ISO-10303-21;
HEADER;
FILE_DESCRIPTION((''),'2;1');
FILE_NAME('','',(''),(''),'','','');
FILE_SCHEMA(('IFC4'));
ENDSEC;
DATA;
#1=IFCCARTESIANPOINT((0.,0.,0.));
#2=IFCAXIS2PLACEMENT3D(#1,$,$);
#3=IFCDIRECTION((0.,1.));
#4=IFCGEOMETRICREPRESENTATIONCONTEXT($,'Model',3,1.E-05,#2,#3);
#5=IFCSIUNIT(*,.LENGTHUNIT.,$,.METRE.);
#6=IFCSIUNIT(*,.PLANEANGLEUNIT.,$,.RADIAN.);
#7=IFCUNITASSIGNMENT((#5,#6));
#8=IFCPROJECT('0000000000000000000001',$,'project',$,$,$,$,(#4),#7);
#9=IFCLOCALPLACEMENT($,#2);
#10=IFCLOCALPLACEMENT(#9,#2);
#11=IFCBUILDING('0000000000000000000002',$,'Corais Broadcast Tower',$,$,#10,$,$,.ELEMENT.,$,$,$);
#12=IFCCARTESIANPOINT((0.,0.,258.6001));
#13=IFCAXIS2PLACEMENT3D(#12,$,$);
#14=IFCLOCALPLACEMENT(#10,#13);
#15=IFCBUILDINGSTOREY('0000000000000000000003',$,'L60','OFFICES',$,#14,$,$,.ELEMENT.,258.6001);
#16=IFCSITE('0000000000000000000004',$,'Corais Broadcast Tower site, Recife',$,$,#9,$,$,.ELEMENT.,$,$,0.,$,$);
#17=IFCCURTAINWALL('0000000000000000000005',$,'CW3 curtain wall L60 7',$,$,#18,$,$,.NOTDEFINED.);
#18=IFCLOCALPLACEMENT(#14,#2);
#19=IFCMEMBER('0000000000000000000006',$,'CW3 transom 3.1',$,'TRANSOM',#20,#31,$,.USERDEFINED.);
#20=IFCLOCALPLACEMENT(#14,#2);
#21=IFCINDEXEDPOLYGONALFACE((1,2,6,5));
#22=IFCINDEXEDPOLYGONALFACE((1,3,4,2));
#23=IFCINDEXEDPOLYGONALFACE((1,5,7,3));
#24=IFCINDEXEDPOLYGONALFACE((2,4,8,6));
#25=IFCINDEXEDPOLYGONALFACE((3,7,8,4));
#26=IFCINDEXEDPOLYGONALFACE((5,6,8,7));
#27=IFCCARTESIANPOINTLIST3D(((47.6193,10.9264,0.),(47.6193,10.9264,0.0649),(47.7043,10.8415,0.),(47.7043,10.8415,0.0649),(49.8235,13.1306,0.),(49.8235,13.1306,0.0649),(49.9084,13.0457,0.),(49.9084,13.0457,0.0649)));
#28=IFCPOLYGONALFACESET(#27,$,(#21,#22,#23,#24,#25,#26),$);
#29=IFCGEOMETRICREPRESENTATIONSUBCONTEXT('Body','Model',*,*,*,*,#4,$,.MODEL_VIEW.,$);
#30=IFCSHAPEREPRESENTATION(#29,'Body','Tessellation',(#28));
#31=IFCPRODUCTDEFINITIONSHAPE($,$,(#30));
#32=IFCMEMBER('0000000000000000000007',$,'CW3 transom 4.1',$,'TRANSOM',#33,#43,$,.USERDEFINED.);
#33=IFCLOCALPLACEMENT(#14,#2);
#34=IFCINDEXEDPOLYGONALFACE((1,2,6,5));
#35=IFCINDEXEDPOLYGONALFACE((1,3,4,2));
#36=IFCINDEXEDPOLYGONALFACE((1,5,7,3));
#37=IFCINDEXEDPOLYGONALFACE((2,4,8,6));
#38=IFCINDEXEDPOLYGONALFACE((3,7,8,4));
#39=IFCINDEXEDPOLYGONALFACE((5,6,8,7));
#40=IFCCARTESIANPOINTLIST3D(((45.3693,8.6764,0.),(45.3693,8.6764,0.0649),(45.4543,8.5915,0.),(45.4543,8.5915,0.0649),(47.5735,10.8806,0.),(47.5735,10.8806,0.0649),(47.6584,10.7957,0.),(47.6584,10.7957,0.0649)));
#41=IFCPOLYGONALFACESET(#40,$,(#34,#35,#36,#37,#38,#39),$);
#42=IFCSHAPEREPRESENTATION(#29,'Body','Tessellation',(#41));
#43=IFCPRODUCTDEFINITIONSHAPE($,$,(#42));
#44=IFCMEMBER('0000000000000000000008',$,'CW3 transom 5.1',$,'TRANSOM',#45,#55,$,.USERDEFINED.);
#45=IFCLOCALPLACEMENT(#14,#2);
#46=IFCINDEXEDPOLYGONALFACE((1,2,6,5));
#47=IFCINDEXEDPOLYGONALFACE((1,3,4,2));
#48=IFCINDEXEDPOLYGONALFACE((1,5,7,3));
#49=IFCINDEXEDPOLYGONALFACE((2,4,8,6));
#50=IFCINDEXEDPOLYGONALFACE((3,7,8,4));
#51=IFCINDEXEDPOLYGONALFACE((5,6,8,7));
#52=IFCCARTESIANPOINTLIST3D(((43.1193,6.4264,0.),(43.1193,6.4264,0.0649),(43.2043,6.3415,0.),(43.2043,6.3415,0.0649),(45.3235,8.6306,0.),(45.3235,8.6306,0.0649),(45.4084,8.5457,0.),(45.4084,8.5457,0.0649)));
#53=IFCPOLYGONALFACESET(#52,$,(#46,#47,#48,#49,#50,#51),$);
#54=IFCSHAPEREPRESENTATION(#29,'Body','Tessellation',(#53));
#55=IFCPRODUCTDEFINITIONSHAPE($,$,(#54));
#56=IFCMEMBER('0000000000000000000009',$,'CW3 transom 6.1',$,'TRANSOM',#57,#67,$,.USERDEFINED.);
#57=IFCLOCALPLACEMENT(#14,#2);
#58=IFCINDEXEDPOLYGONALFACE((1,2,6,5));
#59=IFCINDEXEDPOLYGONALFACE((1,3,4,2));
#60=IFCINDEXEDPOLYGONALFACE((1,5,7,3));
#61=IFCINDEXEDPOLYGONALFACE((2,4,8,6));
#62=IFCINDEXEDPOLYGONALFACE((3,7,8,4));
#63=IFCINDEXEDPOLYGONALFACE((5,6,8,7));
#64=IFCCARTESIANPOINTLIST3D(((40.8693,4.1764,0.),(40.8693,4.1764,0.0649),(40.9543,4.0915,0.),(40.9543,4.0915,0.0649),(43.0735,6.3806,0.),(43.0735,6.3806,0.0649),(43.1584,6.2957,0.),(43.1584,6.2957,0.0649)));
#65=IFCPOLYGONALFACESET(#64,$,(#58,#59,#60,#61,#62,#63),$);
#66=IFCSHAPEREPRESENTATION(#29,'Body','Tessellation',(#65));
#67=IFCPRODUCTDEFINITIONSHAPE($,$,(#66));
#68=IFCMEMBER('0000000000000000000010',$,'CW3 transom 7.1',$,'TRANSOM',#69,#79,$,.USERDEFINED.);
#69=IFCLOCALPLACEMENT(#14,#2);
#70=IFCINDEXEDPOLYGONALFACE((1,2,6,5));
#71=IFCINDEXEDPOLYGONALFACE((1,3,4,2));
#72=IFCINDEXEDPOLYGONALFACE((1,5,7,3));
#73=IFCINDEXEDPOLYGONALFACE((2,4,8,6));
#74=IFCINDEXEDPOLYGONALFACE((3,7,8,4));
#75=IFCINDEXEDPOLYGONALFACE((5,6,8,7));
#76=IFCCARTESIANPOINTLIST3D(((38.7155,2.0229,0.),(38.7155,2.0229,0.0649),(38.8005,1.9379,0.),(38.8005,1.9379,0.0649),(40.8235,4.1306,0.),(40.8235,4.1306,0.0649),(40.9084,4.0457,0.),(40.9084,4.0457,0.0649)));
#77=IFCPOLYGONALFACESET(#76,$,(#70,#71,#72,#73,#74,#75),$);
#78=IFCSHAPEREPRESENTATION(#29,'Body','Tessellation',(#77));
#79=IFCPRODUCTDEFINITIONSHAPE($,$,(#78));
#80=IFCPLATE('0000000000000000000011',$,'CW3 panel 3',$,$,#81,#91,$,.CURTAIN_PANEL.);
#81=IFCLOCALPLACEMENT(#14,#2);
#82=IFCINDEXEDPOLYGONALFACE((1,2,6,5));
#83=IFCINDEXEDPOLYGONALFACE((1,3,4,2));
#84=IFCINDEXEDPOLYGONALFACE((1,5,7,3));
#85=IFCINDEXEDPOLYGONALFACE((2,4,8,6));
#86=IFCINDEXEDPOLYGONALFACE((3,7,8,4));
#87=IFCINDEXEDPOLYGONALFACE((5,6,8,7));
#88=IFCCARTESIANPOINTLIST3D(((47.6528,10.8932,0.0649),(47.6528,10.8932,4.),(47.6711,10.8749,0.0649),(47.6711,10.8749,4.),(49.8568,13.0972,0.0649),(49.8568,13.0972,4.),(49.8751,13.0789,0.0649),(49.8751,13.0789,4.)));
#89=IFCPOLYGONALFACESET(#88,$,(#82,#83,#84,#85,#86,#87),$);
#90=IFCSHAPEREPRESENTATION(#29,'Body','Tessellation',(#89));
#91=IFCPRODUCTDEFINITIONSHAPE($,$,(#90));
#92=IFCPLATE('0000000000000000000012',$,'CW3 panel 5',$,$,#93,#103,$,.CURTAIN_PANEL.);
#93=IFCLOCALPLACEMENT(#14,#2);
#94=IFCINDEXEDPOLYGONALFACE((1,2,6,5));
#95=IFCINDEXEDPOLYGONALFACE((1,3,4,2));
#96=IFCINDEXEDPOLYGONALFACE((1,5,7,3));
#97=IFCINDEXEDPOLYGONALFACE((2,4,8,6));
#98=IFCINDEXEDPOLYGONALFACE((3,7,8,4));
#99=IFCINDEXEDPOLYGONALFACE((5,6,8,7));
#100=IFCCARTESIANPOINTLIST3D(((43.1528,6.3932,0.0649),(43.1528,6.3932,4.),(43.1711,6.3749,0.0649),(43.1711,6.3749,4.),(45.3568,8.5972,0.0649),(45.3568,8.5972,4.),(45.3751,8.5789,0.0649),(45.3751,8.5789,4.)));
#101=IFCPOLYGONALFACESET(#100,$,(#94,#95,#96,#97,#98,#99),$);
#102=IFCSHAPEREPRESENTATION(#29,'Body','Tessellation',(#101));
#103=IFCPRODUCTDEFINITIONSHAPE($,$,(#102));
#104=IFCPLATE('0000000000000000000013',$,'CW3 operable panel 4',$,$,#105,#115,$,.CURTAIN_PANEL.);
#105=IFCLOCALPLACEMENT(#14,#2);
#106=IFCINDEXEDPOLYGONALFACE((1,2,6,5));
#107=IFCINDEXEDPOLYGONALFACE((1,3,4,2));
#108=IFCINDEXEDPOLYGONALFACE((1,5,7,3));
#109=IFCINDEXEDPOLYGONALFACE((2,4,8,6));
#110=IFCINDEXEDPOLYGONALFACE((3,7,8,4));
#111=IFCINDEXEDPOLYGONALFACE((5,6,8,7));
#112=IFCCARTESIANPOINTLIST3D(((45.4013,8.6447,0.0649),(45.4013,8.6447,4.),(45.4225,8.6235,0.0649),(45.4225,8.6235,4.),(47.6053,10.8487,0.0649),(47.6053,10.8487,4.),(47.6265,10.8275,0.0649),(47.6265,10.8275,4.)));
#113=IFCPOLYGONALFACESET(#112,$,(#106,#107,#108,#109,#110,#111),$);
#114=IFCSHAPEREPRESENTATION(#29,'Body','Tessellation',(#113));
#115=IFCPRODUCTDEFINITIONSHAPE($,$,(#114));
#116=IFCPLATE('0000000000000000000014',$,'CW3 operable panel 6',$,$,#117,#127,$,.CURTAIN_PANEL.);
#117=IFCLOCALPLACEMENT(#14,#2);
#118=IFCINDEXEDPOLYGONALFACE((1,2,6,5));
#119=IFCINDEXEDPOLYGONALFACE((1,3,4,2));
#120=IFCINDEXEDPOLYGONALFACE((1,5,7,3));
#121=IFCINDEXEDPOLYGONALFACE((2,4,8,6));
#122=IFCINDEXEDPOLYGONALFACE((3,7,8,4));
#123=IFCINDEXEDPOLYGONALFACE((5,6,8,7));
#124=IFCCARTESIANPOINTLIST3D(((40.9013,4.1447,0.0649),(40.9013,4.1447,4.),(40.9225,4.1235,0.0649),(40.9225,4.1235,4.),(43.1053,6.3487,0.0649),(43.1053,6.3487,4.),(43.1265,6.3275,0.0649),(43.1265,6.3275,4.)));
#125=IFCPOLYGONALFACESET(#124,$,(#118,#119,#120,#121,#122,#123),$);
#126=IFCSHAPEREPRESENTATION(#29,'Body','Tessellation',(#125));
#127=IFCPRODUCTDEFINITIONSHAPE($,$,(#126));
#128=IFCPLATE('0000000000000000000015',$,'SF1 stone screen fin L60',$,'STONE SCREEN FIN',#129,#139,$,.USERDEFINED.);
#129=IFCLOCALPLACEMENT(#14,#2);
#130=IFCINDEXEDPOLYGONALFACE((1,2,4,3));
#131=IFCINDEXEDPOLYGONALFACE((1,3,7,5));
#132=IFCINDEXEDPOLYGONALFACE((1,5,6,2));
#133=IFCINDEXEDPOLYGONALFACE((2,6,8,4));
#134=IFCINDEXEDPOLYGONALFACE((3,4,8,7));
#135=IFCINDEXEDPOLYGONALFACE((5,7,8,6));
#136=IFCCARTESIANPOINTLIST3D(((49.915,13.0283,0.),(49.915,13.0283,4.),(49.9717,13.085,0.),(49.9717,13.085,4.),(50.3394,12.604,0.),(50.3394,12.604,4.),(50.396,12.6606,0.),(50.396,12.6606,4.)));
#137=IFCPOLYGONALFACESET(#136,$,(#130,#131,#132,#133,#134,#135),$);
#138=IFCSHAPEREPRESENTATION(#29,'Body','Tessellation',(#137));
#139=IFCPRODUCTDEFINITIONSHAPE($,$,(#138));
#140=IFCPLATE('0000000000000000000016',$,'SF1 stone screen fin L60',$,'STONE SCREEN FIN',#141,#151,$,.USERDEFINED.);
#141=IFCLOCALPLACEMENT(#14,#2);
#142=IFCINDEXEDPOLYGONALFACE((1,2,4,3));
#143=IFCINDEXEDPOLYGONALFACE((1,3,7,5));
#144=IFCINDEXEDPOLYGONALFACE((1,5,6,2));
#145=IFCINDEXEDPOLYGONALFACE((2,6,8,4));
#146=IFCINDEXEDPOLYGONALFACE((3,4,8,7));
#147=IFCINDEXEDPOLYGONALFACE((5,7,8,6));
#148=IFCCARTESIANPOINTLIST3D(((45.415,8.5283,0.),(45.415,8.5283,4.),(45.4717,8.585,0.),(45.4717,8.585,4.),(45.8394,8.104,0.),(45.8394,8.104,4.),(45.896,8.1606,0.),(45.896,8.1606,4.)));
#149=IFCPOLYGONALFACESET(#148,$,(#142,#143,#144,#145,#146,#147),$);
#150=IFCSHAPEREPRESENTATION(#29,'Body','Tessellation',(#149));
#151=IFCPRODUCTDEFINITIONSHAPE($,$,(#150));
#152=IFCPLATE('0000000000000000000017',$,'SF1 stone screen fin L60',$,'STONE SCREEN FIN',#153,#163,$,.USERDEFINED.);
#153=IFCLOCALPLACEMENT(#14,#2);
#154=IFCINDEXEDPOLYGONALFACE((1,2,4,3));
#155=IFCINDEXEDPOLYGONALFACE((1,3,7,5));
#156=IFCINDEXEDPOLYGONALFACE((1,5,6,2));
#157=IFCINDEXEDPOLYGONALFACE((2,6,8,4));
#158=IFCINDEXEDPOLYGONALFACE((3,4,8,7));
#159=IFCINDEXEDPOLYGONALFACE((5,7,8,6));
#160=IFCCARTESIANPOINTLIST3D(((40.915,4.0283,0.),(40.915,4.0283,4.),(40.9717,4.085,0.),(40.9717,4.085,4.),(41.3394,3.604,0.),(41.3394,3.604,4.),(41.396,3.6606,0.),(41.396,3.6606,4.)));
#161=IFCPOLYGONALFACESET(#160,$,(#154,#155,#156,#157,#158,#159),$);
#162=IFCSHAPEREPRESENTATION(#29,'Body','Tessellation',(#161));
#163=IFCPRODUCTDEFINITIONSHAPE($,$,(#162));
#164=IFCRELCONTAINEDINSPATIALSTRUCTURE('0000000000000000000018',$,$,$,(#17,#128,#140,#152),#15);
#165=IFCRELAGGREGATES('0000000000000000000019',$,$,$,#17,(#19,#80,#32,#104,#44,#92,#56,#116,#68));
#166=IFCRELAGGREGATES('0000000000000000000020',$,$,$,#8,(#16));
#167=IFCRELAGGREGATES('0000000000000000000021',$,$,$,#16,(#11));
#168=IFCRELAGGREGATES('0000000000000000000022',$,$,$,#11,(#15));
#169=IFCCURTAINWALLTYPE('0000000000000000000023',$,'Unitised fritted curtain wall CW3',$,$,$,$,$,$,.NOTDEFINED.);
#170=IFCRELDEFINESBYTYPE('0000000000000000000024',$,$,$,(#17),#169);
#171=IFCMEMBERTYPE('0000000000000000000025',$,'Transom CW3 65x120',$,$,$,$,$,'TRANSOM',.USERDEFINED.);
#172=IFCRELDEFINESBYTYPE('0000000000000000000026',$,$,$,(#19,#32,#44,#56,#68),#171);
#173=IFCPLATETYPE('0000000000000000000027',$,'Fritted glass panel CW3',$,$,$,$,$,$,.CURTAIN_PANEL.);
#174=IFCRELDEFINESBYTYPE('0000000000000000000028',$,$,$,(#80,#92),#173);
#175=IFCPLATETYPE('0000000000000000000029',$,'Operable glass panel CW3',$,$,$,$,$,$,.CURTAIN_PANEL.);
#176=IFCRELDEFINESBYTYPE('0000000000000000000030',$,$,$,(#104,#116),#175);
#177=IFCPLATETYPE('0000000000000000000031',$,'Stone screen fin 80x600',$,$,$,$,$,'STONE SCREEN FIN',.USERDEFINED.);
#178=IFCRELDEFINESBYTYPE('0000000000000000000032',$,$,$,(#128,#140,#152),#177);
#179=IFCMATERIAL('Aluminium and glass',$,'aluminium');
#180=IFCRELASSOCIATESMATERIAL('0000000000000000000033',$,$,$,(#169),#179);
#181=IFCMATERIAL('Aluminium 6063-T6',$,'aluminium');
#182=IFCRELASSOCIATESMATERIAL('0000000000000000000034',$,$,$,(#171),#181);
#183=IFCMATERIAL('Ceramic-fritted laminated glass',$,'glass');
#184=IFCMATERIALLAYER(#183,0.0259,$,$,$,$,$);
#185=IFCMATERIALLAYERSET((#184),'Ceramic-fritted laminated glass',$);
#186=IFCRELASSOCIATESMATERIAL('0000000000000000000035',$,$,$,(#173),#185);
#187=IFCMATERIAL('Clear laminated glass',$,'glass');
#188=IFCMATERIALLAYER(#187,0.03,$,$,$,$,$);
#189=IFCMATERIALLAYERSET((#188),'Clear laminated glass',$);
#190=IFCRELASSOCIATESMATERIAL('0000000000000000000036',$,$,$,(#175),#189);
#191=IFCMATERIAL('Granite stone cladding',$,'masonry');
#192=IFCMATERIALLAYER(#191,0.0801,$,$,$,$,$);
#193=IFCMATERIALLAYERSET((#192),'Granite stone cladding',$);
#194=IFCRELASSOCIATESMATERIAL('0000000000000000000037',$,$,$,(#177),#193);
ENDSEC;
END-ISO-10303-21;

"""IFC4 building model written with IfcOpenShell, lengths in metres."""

from ifc_helpers import new_model, si_unit, direction, frame, origin, origin_2d, place, context, subcontext, project, spatial, rectangle, extrude, material, layer, layer_set, material_profile, profile_set, type_object, element, aggregate, save


model = new_model("IFC4")

# Units and contexts
model_context = context("Model", 3, precision=1e-05, world=origin(), true_north=direction((0.0, 1.0)))
body_context = subcontext(model_context, "Body", "Model", "MODEL_VIEW")
ifc_project = project(units=[si_unit("LENGTHUNIT", "METRE"), si_unit("PLANEANGLEUNIT", "RADIAN")], contexts=[model_context])

# Site, building, storey
site_placement = place(None, origin())
site = spatial("IfcSite", under=ifc_project, at=site_placement, Name="Corais Broadcast Tower site, Recife", CompositionType="ELEMENT", RefElevation=0.0)
building_placement = place(site_placement, origin())
building = spatial("IfcBuilding", under=site, at=building_placement, Name="Corais Broadcast Tower", CompositionType="ELEMENT")
storey_placement = place(building_placement, frame((0.0, 0.0, 258.6001)))
storey = spatial("IfcBuildingStorey", under=building, at=storey_placement, Name="L60", Description="OFFICES", CompositionType="ELEMENT", Elevation=258.6001)

# Curtain wall
ifc_material_1 = material(Name="Aluminium and glass", Category="aluminium")
curtain_wall_type = type_object("IfcCurtainWallType", Name="Unitised fritted curtain wall CW3", PredefinedType="NOTDEFINED", material=ifc_material_1)
curtain_wall_placement = place(storey_placement, origin())
curtain_wall = element("IfcCurtainWall", 1, at=curtain_wall_placement, inside=storey, type_object=curtain_wall_type, Name="CW3 curtain wall L60 7", PredefinedType="NOTDEFINED")

# Members
ifc_material_2 = material(Name="Aluminium 6063-T6", Category="aluminium")
ifc_material_profile_1 = material_profile(ifc_material_2, rectangle(XDim=0.1201, YDim=0.0649, at=origin_2d()), Name="Transom CW3 65x120")
ifc_profile_set_1 = profile_set([ifc_material_profile_1], Name="Aluminium 6063-T6")
member_type_1 = type_object("IfcMemberType", Name="Transom CW3 65x120", ElementType="TRANSOM", PredefinedType="USERDEFINED", material=ifc_profile_set_1)
member_1_placement = place(storey_placement, frame((49.866, 13.0881, 0.0325), z_axis=(-0.707107, -0.707107, 0.0), x_axis=(0.707107, -0.707107, 0.0)))
member_1 = element("IfcMember", 2, at=member_1_placement, type_object=member_type_1, Name="CW3 transom 3.1", ObjectType="TRANSOM", PredefinedType="USERDEFINED", context=body_context, shape_type="SweptSolid", body=[
    extrude(rectangle(XDim=0.1201, YDim=0.0649, at=origin_2d()), origin(), (0.0, 0.0, 1.0), 3.1172),
])
member_2_placement = place(storey_placement, frame((47.616, 10.8381, 0.0325), z_axis=(-0.707107, -0.707107, 0.0), x_axis=(0.707107, -0.707107, 0.0)))
member_2 = element("IfcMember", 3, at=member_2_placement, type_object=member_type_1, Name="CW3 transom 4.1", ObjectType="TRANSOM", PredefinedType="USERDEFINED", context=body_context, shape_type="SweptSolid", body=[
    extrude(rectangle(XDim=0.1201, YDim=0.0649, at=origin_2d()), origin(), (0.0, 0.0, 1.0), 3.1172),
])
member_3_placement = place(storey_placement, frame((45.366, 8.5881, 0.0325), z_axis=(-0.707107, -0.707107, 0.0), x_axis=(0.707107, -0.707107, 0.0)))
member_3 = element("IfcMember", 4, at=member_3_placement, type_object=member_type_1, Name="CW3 transom 5.1", ObjectType="TRANSOM", PredefinedType="USERDEFINED", context=body_context, shape_type="SweptSolid", body=[
    extrude(rectangle(XDim=0.1201, YDim=0.0649, at=origin_2d()), origin(), (0.0, 0.0, 1.0), 3.1172),
])
member_4_placement = place(storey_placement, frame((43.116, 6.3381, 0.0325), z_axis=(-0.707107, -0.707107, 0.0), x_axis=(0.707107, -0.707107, 0.0)))
member_4 = element("IfcMember", 5, at=member_4_placement, type_object=member_type_1, Name="CW3 transom 6.1", ObjectType="TRANSOM", PredefinedType="USERDEFINED", context=body_context, shape_type="SweptSolid", body=[
    extrude(rectangle(XDim=0.1201, YDim=0.0649, at=origin_2d()), origin(), (0.0, 0.0, 1.0), 3.1172),
])
member_5_placement = place(storey_placement, frame((40.866, 4.0881, 0.0325), z_axis=(-0.707148, -0.707066, 0.0), x_axis=(0.707066, -0.707148, 0.0)))
member_5 = element("IfcMember", 6, at=member_5_placement, type_object=member_type_1, Name="CW3 transom 7.1", ObjectType="TRANSOM", PredefinedType="USERDEFINED", context=body_context, shape_type="SweptSolid", body=[
    extrude(rectangle(XDim=0.1201, YDim=0.0649, at=origin_2d()), origin(), (0.0, 0.0, 1.0), 2.981),
])

# Plates
ifc_material_3 = material(Name="Ceramic-fritted laminated glass", Category="glass")
ifc_layer_1 = layer(ifc_material_3, 0.0259)
ifc_layer_set_1 = layer_set([ifc_layer_1], Name="Ceramic-fritted laminated glass")
plate_type_1 = type_object("IfcPlateType", Name="Fritted glass panel CW3", PredefinedType="CURTAIN_PANEL", material=ifc_layer_set_1)
plate_1_placement = place(storey_placement, frame((48.7639, 11.9861, 0.0649), z_axis=(0.0, 0.0, 1.0), x_axis=(-0.707107, -0.707107, 0.0)))
plate_1 = element("IfcPlate", 7, at=plate_1_placement, type_object=plate_type_1, Name="CW3 panel 3", PredefinedType="CURTAIN_PANEL", context=body_context, shape_type="SweptSolid", body=[
    extrude(rectangle(XDim=3.1169, YDim=0.0259, at=origin_2d()), origin(), (0.0, 0.0, 1.0), 3.9351),
])
plate_2_placement = place(storey_placement, frame((44.2639, 7.4861, 0.0649), z_axis=(0.0, 0.0, 1.0), x_axis=(-0.707107, -0.707107, 0.0)))
plate_2 = element("IfcPlate", 8, at=plate_2_placement, type_object=plate_type_1, Name="CW3 panel 5", PredefinedType="CURTAIN_PANEL", context=body_context, shape_type="SweptSolid", body=[
    extrude(rectangle(XDim=3.1169, YDim=0.0259, at=origin_2d()), origin(), (0.0, 0.0, 1.0), 3.9351),
])
ifc_material_4 = material(Name="Clear laminated glass", Category="glass")
ifc_layer_2 = layer(ifc_material_4, 0.03)
ifc_layer_set_2 = layer_set([ifc_layer_2], Name="Clear laminated glass")
plate_type_2 = type_object("IfcPlateType", Name="Operable glass panel CW3", PredefinedType="CURTAIN_PANEL", material=ifc_layer_set_2)
plate_3_placement = place(storey_placement, frame((46.5139, 9.7361, 0.0649), z_axis=(0.0, 0.0, 1.0), x_axis=(-0.707107, -0.707107, 0.0)))
plate_3 = element("IfcPlate", 9, at=plate_3_placement, type_object=plate_type_2, Name="CW3 operable panel 4", PredefinedType="CURTAIN_PANEL", context=body_context, shape_type="SweptSolid", body=[
    extrude(rectangle(XDim=3.1169, YDim=0.03, at=origin_2d()), origin(), (0.0, 0.0, 1.0), 3.9351),
])
plate_4_placement = place(storey_placement, frame((42.0139, 5.2361, 0.0649), z_axis=(0.0, 0.0, 1.0), x_axis=(-0.707107, -0.707107, 0.0)))
plate_4 = element("IfcPlate", 10, at=plate_4_placement, type_object=plate_type_2, Name="CW3 operable panel 6", PredefinedType="CURTAIN_PANEL", context=body_context, shape_type="SweptSolid", body=[
    extrude(rectangle(XDim=3.1169, YDim=0.03, at=origin_2d()), origin(), (0.0, 0.0, 1.0), 3.9351),
])
aggregate(curtain_wall, [member_1, plate_1, member_2, plate_3, member_3, plate_2, member_4, plate_4, member_5])

# Plates
ifc_material_5 = material(Name="Granite stone cladding", Category="masonry")
ifc_layer_3 = layer(ifc_material_5, 0.0801)
ifc_layer_set_3 = layer_set([ifc_layer_3], Name="Granite stone cladding")
plate_type_3 = type_object("IfcPlateType", Name="Stone screen fin 80x600", ElementType="STONE SCREEN FIN", PredefinedType="USERDEFINED", material=ifc_layer_set_3)
for number, where, z_axis, x_axis, name in (
    (11, (50.1555, 12.8445, 0.0), (0.0, 0.0, 1.0), (-0.707107, -0.707107, 0.0), "SF1 stone screen fin L60"),
    (12, (45.6555, 8.3445, 0.0), (0.0, 0.0, 1.0), (-0.707107, -0.707107, 0.0), "SF1 stone screen fin L60"),
    (13, (41.1555, 3.8445, 0.0), (0.0, 0.0, 1.0), (-0.707107, -0.707107, 0.0), "SF1 stone screen fin L60"),
):
    element("IfcPlate", number, at=place(storey_placement, frame(where, z_axis=z_axis, x_axis=x_axis)), inside=storey, type_object=plate_type_3, Name=name, ObjectType="STONE SCREEN FIN", PredefinedType="USERDEFINED", context=body_context, shape_type="SweptSolid", body=[
        extrude(rectangle(XDim=0.0801, YDim=0.6001, at=origin_2d()), origin(), (0.0, 0.0, 1.0), 4.0),
    ])

save(model, "model.ifc")
